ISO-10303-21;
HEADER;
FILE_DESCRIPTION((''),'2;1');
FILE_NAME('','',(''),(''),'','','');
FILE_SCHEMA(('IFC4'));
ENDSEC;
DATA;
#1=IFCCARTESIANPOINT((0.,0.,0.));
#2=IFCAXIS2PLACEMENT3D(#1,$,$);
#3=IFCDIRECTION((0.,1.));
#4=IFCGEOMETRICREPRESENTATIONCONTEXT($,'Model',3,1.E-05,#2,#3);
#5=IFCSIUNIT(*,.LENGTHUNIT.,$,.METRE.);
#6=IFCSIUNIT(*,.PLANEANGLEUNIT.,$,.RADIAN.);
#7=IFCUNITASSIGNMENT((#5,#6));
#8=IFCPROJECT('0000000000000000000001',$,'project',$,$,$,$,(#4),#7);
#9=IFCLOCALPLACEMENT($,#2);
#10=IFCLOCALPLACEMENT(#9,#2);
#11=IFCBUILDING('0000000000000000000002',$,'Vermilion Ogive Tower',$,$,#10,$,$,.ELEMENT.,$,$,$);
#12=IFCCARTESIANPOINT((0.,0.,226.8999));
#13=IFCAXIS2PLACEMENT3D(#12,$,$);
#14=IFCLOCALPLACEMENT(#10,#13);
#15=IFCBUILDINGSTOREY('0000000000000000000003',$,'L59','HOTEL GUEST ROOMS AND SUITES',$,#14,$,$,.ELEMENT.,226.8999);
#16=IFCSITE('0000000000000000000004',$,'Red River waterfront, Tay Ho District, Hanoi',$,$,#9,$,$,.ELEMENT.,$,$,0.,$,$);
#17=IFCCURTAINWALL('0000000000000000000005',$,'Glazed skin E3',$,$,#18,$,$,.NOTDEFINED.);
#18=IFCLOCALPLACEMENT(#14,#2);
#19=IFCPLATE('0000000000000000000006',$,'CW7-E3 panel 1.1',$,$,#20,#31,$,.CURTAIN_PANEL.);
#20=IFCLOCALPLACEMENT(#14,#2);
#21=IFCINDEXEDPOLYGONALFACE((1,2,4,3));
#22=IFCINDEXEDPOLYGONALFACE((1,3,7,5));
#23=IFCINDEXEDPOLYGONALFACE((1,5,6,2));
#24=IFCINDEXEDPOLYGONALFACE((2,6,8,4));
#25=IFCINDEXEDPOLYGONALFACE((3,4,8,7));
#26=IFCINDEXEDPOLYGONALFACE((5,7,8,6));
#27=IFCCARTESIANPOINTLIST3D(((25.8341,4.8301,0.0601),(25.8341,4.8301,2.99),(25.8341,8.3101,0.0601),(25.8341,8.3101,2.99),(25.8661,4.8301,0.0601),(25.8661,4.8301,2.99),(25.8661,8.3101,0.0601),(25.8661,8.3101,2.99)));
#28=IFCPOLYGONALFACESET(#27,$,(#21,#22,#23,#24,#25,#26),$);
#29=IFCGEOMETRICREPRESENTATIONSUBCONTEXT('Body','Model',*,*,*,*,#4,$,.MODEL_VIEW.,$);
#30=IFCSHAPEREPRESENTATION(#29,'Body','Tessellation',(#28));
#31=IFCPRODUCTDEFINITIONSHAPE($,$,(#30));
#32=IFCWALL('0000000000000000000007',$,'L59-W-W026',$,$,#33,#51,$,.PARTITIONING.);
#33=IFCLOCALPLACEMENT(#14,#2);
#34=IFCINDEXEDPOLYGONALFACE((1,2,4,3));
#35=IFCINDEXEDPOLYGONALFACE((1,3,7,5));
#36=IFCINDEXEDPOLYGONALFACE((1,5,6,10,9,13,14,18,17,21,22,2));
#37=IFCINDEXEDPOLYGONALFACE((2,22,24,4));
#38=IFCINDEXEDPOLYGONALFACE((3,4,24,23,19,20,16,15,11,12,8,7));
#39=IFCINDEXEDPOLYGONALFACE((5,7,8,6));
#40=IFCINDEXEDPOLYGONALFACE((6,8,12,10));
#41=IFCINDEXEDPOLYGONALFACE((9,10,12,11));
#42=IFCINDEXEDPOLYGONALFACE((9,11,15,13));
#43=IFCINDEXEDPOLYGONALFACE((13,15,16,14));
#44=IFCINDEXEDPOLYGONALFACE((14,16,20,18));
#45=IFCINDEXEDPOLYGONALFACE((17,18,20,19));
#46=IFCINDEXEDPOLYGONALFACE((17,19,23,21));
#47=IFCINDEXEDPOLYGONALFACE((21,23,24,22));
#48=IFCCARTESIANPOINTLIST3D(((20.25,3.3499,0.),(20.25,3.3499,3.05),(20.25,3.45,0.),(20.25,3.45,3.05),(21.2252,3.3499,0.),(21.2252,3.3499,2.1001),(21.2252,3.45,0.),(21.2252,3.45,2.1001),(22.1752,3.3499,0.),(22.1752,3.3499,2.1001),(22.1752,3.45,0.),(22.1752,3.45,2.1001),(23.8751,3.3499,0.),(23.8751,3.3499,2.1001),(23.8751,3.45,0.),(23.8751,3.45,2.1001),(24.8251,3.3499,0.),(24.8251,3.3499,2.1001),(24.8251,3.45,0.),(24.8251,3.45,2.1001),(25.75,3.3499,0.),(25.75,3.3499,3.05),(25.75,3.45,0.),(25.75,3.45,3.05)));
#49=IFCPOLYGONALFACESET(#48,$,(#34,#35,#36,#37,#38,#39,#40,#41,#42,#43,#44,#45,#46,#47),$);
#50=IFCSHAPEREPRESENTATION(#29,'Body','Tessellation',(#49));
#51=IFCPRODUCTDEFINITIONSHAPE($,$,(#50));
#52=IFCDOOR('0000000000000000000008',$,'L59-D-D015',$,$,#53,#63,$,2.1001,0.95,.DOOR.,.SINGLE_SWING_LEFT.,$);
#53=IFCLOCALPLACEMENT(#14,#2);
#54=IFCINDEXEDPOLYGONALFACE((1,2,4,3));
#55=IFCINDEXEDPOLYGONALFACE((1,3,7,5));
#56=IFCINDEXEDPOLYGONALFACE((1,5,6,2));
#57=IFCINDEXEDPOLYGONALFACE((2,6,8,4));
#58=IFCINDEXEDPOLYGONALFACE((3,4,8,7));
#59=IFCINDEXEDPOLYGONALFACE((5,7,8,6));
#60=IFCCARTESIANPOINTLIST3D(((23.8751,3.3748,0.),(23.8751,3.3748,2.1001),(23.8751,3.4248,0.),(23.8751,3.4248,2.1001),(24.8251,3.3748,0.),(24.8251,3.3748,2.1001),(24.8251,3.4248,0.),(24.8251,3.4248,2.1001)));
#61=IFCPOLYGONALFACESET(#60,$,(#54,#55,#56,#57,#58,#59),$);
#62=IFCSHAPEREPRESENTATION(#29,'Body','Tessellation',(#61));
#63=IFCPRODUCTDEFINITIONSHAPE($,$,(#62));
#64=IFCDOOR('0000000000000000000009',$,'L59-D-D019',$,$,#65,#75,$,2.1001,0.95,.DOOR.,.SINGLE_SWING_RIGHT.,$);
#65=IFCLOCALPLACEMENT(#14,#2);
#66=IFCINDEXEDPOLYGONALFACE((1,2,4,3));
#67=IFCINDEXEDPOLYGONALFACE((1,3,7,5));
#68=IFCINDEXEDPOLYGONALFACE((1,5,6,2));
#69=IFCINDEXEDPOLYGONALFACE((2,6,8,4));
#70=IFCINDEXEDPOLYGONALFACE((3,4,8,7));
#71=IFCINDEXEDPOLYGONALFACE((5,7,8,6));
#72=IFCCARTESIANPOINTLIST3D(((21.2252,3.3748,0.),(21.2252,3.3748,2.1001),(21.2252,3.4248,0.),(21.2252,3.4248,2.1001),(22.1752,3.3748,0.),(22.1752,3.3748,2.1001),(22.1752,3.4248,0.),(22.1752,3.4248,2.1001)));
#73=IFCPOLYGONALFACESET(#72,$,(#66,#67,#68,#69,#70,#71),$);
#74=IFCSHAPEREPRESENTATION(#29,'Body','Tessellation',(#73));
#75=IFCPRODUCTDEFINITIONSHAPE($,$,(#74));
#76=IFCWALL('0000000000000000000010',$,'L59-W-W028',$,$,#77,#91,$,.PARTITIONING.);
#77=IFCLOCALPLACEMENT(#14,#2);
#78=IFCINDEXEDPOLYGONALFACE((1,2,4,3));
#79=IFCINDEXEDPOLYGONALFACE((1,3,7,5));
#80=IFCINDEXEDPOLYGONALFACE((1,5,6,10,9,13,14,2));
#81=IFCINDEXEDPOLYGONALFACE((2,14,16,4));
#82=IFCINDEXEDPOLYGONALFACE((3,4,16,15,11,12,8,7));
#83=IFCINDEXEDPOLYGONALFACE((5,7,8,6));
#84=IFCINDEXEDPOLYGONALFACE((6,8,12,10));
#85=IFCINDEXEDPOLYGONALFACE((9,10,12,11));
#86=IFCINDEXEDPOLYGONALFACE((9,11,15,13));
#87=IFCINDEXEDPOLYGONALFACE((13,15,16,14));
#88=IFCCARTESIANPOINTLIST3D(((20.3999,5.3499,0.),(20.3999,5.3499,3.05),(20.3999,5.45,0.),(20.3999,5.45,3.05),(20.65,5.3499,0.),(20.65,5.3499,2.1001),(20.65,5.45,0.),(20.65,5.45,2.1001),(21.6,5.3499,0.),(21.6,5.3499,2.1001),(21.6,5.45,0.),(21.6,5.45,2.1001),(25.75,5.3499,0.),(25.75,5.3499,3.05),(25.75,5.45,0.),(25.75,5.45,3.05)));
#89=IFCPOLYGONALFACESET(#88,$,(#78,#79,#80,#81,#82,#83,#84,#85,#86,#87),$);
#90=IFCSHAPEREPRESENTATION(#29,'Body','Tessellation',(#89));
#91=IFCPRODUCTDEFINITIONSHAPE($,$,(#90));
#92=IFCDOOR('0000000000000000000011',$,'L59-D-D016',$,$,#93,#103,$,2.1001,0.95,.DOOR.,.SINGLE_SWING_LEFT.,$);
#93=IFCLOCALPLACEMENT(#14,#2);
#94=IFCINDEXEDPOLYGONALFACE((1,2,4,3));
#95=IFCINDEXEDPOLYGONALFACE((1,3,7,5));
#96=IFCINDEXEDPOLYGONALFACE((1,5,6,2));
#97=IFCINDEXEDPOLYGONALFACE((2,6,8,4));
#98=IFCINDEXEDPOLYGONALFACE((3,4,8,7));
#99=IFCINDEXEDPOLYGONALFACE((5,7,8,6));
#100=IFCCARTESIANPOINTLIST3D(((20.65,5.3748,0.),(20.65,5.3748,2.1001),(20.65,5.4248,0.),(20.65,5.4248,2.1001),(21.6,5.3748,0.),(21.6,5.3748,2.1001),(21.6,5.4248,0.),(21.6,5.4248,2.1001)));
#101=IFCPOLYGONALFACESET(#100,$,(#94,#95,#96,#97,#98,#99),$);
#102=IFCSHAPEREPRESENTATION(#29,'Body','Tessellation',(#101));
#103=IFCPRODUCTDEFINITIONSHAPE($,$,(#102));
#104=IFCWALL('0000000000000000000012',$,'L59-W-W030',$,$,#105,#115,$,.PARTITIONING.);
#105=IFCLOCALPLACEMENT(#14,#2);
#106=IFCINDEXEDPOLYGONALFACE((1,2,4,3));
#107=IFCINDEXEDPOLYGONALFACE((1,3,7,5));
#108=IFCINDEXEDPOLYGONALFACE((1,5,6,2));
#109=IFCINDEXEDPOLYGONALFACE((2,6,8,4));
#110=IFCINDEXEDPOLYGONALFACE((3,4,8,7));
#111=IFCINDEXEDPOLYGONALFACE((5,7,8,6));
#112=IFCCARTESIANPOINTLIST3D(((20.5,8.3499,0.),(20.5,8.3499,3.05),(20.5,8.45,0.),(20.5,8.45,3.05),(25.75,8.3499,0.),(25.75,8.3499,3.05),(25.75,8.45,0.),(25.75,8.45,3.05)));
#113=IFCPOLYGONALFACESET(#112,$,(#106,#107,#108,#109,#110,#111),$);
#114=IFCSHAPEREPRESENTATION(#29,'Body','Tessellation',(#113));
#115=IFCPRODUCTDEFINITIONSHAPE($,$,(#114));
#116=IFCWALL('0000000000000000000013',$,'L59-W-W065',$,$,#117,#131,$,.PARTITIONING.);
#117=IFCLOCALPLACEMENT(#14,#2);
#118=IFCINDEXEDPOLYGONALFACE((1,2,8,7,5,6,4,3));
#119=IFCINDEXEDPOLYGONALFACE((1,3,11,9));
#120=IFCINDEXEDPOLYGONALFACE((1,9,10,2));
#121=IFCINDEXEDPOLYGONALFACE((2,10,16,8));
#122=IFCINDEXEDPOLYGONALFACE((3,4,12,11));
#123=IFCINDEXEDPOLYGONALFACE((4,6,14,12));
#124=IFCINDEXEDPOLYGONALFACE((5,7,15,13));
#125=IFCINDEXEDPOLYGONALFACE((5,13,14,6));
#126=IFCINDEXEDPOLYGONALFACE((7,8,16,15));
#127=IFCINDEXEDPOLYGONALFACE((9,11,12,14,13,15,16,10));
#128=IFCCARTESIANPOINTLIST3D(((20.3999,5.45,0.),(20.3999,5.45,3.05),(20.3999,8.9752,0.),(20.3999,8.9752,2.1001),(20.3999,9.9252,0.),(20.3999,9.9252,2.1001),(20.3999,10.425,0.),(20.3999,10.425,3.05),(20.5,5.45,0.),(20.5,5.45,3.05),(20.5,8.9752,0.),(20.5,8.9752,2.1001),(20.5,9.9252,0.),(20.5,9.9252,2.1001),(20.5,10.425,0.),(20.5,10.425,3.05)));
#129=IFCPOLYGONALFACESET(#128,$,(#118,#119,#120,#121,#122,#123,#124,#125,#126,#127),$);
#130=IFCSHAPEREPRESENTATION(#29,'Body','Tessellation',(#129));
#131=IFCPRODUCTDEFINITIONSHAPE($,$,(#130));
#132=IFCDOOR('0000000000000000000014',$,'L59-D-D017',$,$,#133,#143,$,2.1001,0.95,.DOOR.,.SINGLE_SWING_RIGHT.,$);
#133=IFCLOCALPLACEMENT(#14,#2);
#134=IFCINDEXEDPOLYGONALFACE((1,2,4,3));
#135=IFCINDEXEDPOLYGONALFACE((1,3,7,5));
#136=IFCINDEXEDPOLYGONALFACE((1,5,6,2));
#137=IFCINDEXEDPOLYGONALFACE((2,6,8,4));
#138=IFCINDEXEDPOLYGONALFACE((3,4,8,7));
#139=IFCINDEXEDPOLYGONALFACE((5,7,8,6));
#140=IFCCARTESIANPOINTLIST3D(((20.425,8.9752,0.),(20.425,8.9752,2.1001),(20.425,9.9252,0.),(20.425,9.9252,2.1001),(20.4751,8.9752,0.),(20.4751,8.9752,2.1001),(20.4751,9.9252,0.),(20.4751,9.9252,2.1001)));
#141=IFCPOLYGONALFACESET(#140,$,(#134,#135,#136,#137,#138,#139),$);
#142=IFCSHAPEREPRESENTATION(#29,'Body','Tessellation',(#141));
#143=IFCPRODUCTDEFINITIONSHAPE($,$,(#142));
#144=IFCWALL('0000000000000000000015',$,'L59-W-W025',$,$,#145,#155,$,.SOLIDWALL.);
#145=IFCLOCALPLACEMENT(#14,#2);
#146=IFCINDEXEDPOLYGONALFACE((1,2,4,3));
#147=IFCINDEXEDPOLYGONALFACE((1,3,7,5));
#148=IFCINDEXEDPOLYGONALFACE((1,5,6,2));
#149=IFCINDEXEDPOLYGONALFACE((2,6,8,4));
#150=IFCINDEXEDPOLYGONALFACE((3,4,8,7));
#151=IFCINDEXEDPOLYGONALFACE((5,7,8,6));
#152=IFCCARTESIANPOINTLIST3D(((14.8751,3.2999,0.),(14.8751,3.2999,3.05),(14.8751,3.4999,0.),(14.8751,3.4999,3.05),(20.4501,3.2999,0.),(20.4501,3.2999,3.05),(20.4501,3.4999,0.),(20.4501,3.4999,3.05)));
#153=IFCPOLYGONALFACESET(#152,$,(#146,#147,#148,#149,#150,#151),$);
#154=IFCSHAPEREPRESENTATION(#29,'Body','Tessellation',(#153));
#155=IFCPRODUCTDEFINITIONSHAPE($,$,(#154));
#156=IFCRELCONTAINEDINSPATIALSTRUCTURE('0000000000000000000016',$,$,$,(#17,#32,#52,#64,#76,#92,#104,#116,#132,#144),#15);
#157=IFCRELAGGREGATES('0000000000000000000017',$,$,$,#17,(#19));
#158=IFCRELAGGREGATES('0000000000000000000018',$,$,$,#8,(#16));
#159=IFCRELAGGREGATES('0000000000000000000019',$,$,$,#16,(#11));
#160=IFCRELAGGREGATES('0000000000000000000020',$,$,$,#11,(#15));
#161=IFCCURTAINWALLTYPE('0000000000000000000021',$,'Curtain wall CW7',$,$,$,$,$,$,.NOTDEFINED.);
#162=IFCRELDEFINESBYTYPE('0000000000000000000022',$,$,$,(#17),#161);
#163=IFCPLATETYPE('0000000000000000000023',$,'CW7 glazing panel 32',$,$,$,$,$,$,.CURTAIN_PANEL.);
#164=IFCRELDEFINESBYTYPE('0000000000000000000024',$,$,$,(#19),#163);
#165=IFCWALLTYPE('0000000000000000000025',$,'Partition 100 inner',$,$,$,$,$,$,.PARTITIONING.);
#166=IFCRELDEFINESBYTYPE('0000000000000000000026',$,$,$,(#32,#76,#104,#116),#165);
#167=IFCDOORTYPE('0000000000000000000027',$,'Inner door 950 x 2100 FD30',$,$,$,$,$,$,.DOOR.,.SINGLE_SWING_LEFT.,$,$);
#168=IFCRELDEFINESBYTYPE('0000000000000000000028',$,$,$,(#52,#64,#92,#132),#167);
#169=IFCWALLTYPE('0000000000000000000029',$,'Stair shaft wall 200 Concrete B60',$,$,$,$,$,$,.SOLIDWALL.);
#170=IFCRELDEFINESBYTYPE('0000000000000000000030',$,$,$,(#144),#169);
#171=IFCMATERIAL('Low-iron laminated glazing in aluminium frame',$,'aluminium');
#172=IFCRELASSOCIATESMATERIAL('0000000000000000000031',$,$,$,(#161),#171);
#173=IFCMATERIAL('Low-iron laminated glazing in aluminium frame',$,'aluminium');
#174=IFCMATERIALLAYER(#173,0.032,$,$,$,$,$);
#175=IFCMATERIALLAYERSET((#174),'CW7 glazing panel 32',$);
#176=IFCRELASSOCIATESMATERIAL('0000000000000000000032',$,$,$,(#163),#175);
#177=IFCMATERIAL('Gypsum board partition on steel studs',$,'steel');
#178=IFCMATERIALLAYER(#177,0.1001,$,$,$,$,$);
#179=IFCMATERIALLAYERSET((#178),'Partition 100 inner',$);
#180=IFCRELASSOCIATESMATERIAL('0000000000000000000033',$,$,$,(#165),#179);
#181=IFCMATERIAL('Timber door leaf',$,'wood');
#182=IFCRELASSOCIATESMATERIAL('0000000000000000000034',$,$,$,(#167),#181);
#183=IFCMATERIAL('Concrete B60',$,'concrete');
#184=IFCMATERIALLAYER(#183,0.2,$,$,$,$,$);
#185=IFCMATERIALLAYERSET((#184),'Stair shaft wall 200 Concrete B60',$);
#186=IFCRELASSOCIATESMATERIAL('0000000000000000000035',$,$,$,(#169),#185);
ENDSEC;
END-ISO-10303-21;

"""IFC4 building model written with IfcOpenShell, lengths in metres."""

from ifc_helpers import new_model, si_unit, direction, frame, frame_2d, origin, origin_2d, place, context, subcontext, project, spatial, rectangle, extrude, material, layer, layer_set, type_object, element, fill, aggregate, save


model = new_model("IFC4")

# Units and contexts
model_context = context("Model", 3, precision=1e-05, world=origin(), true_north=direction((0.0, 1.0)))
body_context = subcontext(model_context, "Body", "Model", "MODEL_VIEW")
ifc_project = project(units=[si_unit("LENGTHUNIT", "METRE"), si_unit("PLANEANGLEUNIT", "RADIAN")], contexts=[model_context])

# Site, building, storey
site_placement = place(None, origin())
site = spatial("IfcSite", under=ifc_project, at=site_placement, Name="Red River waterfront, Tay Ho District, Hanoi", CompositionType="ELEMENT", RefElevation=0.0)
building_placement = place(site_placement, origin())
building = spatial("IfcBuilding", under=site, at=building_placement, Name="Vermilion Ogive Tower", CompositionType="ELEMENT")
storey_placement = place(building_placement, frame((0.0, 0.0, 226.8999)))
storey = spatial("IfcBuildingStorey", under=building, at=storey_placement, Name="L59", Description="HOTEL GUEST ROOMS AND SUITES", CompositionType="ELEMENT", Elevation=226.8999)

# Curtain wall
ifc_material_1 = material(Name="Low-iron laminated glazing in aluminium frame", Category="aluminium")
curtain_wall_type = type_object("IfcCurtainWallType", Name="Curtain wall CW7", PredefinedType="NOTDEFINED", material=ifc_material_1)
curtain_wall_1_placement = place(storey_placement, origin())
curtain_wall_1 = element("IfcCurtainWall", 1, at=curtain_wall_1_placement, inside=storey, type_object=curtain_wall_type, Name="Glazed skin E3", PredefinedType="NOTDEFINED")

# Plate
ifc_material_2 = material(Name="Low-iron laminated glazing in aluminium frame", Category="aluminium")
ifc_layer_1 = layer(ifc_material_2, 0.032)
ifc_layer_set_1 = layer_set([ifc_layer_1], Name="CW7 glazing panel 32")
plate_type = type_object("IfcPlateType", Name="CW7 glazing panel 32", PredefinedType="CURTAIN_PANEL", material=ifc_layer_set_1)
plate_1_placement = place(storey_placement, frame((25.8501, 6.5701, 0.0601), z_axis=(0.0, 0.0, 1.0), x_axis=(0.0, 1.0, 0.0)))
plate_1 = element("IfcPlate", 2, at=plate_1_placement, type_object=plate_type, Name="CW7-E3 panel 1.1", PredefinedType="CURTAIN_PANEL", context=body_context, shape_type="SweptSolid", body=[
    extrude(rectangle(XDim=3.48, YDim=0.032, at=origin_2d()), origin(), (0.0, 0.0, 1.0), 2.9299),
])
aggregate(curtain_wall_1, [plate_1])

# Wall, openings, doors
ifc_material_3 = material(Name="Gypsum board partition on steel studs", Category="steel")
ifc_layer_2 = layer(ifc_material_3, 0.1001)
ifc_layer_set_2 = layer_set([ifc_layer_2], Name="Partition 100 inner")
wall_type_1 = type_object("IfcWallType", Name="Partition 100 inner", PredefinedType="PARTITIONING", material=ifc_layer_set_2)
wall_1_placement = place(storey_placement, frame((20.25, 3.3999, 0.0), z_axis=(0.0, 0.0, 1.0), x_axis=(1.0, 0.0, 0.0)))
wall_1 = element("IfcWall", 3, at=wall_1_placement, inside=storey, type_object=wall_type_1, Name="L59-W-W026", PredefinedType="PARTITIONING", context=body_context, shape_type="SweptSolid", body=[
    extrude(rectangle(XDim=5.5, YDim=0.1001, at=frame_2d((2.75, 0.0))), origin(), (0.0, 0.0, 1.0), 3.05),
])
opening_1_placement = place(wall_1_placement, frame((3.625, 0.0, 0.0)))
opening_1 = element("IfcOpeningElement", 4, at=opening_1_placement, cuts=wall_1, PredefinedType="OPENING", context=body_context, shape_type="SweptSolid", body=[
    extrude(rectangle(XDim=0.95, YDim=2.1001, at=frame_2d((0.4751, 1.05))), frame((0.0, 0.0601, 0.0), z_axis=(0.0, -1.0, 0.0), x_axis=(1.0, 0.0, 0.0)), (0.0, 0.0, 1.0), 0.1201),
])
opening_2_placement = place(wall_1_placement, frame((0.9751, 0.0, 0.0)))
opening_2 = element("IfcOpeningElement", 5, at=opening_2_placement, cuts=wall_1, PredefinedType="OPENING", context=body_context, shape_type="SweptSolid", body=[
    extrude(rectangle(XDim=0.95, YDim=2.1001, at=frame_2d((0.4751, 1.05))), frame((0.0, 0.0601, 0.0), z_axis=(0.0, -1.0, 0.0), x_axis=(1.0, 0.0, 0.0)), (0.0, 0.0, 1.0), 0.1201),
])
ifc_material_4 = material(Name="Timber door leaf", Category="wood")
door_type = type_object("IfcDoorType", Name="Inner door 950 x 2100 FD30", OperationType="SINGLE_SWING_LEFT", PredefinedType="DOOR", material=ifc_material_4)
door_1_placement = place(opening_1_placement, origin())
door_1 = element("IfcDoor", 6, at=door_1_placement, inside=storey, type_object=door_type, Name="L59-D-D015", OperationType="SINGLE_SWING_LEFT", OverallHeight=2.1001, OverallWidth=0.95, PredefinedType="DOOR", context=body_context, shape_type="SweptSolid", body=[
    extrude(rectangle(XDim=0.95, YDim=2.1001, at=frame_2d((0.4751, 1.05))), frame((0.0, 0.0249, 0.0), z_axis=(0.0, -1.0, 0.0), x_axis=(1.0, 0.0, 0.0)), (0.0, 0.0, 1.0), 0.05),
])
fill(opening_1, door_1)
door_2_placement = place(opening_2_placement, origin())
door_2 = element("IfcDoor", 7, at=door_2_placement, inside=storey, type_object=door_type, Name="L59-D-D019", OperationType="SINGLE_SWING_RIGHT", OverallHeight=2.1001, OverallWidth=0.95, PredefinedType="DOOR", context=body_context, shape_type="SweptSolid", body=[
    extrude(rectangle(XDim=0.95, YDim=2.1001, at=frame_2d((0.4751, 1.05))), frame((0.0, 0.0249, 0.0), z_axis=(0.0, -1.0, 0.0), x_axis=(1.0, 0.0, 0.0)), (0.0, 0.0, 1.0), 0.05),
])
fill(opening_2, door_2)

# Wall, opening, door
wall_2_placement = place(storey_placement, frame((20.3999, 5.3999, 0.0), z_axis=(0.0, 0.0, 1.0), x_axis=(1.0, 0.0, 0.0)))
wall_2 = element("IfcWall", 8, at=wall_2_placement, inside=storey, type_object=wall_type_1, Name="L59-W-W028", PredefinedType="PARTITIONING", context=body_context, shape_type="SweptSolid", body=[
    extrude(rectangle(XDim=5.3501, YDim=0.1001, at=frame_2d((2.675, 0.0))), origin(), (0.0, 0.0, 1.0), 3.05),
])
opening_3_placement = place(wall_2_placement, frame((0.25, 0.0, 0.0)))
opening_3 = element("IfcOpeningElement", 9, at=opening_3_placement, cuts=wall_2, PredefinedType="OPENING", context=body_context, shape_type="SweptSolid", body=[
    extrude(rectangle(XDim=0.95, YDim=2.1001, at=frame_2d((0.4751, 1.05))), frame((0.0, 0.0601, 0.0), z_axis=(0.0, -1.0, 0.0), x_axis=(1.0, 0.0, 0.0)), (0.0, 0.0, 1.0), 0.1201),
])
door_3_placement = place(opening_3_placement, origin())
door_3 = element("IfcDoor", 10, at=door_3_placement, inside=storey, type_object=door_type, Name="L59-D-D016", OperationType="SINGLE_SWING_LEFT", OverallHeight=2.1001, OverallWidth=0.95, PredefinedType="DOOR", context=body_context, shape_type="SweptSolid", body=[
    extrude(rectangle(XDim=0.95, YDim=2.1001, at=frame_2d((0.4751, 1.05))), frame((0.0, 0.0249, 0.0), z_axis=(0.0, -1.0, 0.0), x_axis=(1.0, 0.0, 0.0)), (0.0, 0.0, 1.0), 0.05),
])
fill(opening_3, door_3)

# Wall
wall_3_placement = place(storey_placement, frame((20.5, 8.3999, 0.0), z_axis=(0.0, 0.0, 1.0), x_axis=(1.0, 0.0, 0.0)))
element("IfcWall", 11, at=wall_3_placement, inside=storey, type_object=wall_type_1, Name="L59-W-W030", PredefinedType="PARTITIONING", context=body_context, shape_type="SweptSolid", body=[
    extrude(rectangle(XDim=5.25, YDim=0.1001, at=frame_2d((2.625, 0.0))), origin(), (0.0, 0.0, 1.0), 3.05),
])

# Wall, opening, door
wall_4_placement = place(storey_placement, frame((20.45, 5.45, 0.0), z_axis=(0.0, 0.0, 1.0), x_axis=(0.0, 1.0, 0.0)))
wall_4 = element("IfcWall", 12, at=wall_4_placement, inside=storey, type_object=wall_type_1, Name="L59-W-W065", PredefinedType="PARTITIONING", context=body_context, shape_type="SweptSolid", body=[
    extrude(rectangle(XDim=4.9751, YDim=0.1001, at=frame_2d((2.4875, 0.0))), origin(), (0.0, 0.0, 1.0), 3.05),
])
opening_4_placement = place(wall_4_placement, frame((3.5251, 0.0, 0.0)))
opening_4 = element("IfcOpeningElement", 13, at=opening_4_placement, cuts=wall_4, PredefinedType="OPENING", context=body_context, shape_type="SweptSolid", body=[
    extrude(rectangle(XDim=0.95, YDim=2.1001, at=frame_2d((0.4751, 1.05))), frame((0.0, 0.0601, 0.0), z_axis=(0.0, -1.0, 0.0), x_axis=(1.0, 0.0, 0.0)), (0.0, 0.0, 1.0), 0.1201),
])
door_4_placement = place(opening_4_placement, origin())
door_4 = element("IfcDoor", 14, at=door_4_placement, inside=storey, type_object=door_type, Name="L59-D-D017", OperationType="SINGLE_SWING_RIGHT", OverallHeight=2.1001, OverallWidth=0.95, PredefinedType="DOOR", context=body_context, shape_type="SweptSolid", body=[
    extrude(rectangle(XDim=0.95, YDim=2.1001, at=frame_2d((0.4751, 1.05))), frame((0.0, 0.0249, 0.0), z_axis=(0.0, -1.0, 0.0), x_axis=(1.0, 0.0, 0.0)), (0.0, 0.0, 1.0), 0.05),
])
fill(opening_4, door_4)

# Wall
ifc_material_5 = material(Name="Concrete B60", Category="concrete")
ifc_layer_3 = layer(ifc_material_5, 0.2)
ifc_layer_set_3 = layer_set([ifc_layer_3], Name="Stair shaft wall 200 Concrete B60")
wall_type_2 = type_object("IfcWallType", Name="Stair shaft wall 200 Concrete B60", PredefinedType="SOLIDWALL", material=ifc_layer_set_3)
wall_5_placement = place(storey_placement, frame((14.875, 3.3999, 0.0), z_axis=(0.0, 0.0, 1.0), x_axis=(1.0, 0.0, 0.0)))
element("IfcWall", 15, at=wall_5_placement, inside=storey, type_object=wall_type_2, Name="L59-W-W025", PredefinedType="SOLIDWALL", context=body_context, shape_type="SweptSolid", body=[
    extrude(rectangle(XDim=5.575, YDim=0.2, at=frame_2d((2.7876, 0.0))), origin(), (0.0, 0.0, 1.0), 3.05),
])

save(model, "model.ifc")
